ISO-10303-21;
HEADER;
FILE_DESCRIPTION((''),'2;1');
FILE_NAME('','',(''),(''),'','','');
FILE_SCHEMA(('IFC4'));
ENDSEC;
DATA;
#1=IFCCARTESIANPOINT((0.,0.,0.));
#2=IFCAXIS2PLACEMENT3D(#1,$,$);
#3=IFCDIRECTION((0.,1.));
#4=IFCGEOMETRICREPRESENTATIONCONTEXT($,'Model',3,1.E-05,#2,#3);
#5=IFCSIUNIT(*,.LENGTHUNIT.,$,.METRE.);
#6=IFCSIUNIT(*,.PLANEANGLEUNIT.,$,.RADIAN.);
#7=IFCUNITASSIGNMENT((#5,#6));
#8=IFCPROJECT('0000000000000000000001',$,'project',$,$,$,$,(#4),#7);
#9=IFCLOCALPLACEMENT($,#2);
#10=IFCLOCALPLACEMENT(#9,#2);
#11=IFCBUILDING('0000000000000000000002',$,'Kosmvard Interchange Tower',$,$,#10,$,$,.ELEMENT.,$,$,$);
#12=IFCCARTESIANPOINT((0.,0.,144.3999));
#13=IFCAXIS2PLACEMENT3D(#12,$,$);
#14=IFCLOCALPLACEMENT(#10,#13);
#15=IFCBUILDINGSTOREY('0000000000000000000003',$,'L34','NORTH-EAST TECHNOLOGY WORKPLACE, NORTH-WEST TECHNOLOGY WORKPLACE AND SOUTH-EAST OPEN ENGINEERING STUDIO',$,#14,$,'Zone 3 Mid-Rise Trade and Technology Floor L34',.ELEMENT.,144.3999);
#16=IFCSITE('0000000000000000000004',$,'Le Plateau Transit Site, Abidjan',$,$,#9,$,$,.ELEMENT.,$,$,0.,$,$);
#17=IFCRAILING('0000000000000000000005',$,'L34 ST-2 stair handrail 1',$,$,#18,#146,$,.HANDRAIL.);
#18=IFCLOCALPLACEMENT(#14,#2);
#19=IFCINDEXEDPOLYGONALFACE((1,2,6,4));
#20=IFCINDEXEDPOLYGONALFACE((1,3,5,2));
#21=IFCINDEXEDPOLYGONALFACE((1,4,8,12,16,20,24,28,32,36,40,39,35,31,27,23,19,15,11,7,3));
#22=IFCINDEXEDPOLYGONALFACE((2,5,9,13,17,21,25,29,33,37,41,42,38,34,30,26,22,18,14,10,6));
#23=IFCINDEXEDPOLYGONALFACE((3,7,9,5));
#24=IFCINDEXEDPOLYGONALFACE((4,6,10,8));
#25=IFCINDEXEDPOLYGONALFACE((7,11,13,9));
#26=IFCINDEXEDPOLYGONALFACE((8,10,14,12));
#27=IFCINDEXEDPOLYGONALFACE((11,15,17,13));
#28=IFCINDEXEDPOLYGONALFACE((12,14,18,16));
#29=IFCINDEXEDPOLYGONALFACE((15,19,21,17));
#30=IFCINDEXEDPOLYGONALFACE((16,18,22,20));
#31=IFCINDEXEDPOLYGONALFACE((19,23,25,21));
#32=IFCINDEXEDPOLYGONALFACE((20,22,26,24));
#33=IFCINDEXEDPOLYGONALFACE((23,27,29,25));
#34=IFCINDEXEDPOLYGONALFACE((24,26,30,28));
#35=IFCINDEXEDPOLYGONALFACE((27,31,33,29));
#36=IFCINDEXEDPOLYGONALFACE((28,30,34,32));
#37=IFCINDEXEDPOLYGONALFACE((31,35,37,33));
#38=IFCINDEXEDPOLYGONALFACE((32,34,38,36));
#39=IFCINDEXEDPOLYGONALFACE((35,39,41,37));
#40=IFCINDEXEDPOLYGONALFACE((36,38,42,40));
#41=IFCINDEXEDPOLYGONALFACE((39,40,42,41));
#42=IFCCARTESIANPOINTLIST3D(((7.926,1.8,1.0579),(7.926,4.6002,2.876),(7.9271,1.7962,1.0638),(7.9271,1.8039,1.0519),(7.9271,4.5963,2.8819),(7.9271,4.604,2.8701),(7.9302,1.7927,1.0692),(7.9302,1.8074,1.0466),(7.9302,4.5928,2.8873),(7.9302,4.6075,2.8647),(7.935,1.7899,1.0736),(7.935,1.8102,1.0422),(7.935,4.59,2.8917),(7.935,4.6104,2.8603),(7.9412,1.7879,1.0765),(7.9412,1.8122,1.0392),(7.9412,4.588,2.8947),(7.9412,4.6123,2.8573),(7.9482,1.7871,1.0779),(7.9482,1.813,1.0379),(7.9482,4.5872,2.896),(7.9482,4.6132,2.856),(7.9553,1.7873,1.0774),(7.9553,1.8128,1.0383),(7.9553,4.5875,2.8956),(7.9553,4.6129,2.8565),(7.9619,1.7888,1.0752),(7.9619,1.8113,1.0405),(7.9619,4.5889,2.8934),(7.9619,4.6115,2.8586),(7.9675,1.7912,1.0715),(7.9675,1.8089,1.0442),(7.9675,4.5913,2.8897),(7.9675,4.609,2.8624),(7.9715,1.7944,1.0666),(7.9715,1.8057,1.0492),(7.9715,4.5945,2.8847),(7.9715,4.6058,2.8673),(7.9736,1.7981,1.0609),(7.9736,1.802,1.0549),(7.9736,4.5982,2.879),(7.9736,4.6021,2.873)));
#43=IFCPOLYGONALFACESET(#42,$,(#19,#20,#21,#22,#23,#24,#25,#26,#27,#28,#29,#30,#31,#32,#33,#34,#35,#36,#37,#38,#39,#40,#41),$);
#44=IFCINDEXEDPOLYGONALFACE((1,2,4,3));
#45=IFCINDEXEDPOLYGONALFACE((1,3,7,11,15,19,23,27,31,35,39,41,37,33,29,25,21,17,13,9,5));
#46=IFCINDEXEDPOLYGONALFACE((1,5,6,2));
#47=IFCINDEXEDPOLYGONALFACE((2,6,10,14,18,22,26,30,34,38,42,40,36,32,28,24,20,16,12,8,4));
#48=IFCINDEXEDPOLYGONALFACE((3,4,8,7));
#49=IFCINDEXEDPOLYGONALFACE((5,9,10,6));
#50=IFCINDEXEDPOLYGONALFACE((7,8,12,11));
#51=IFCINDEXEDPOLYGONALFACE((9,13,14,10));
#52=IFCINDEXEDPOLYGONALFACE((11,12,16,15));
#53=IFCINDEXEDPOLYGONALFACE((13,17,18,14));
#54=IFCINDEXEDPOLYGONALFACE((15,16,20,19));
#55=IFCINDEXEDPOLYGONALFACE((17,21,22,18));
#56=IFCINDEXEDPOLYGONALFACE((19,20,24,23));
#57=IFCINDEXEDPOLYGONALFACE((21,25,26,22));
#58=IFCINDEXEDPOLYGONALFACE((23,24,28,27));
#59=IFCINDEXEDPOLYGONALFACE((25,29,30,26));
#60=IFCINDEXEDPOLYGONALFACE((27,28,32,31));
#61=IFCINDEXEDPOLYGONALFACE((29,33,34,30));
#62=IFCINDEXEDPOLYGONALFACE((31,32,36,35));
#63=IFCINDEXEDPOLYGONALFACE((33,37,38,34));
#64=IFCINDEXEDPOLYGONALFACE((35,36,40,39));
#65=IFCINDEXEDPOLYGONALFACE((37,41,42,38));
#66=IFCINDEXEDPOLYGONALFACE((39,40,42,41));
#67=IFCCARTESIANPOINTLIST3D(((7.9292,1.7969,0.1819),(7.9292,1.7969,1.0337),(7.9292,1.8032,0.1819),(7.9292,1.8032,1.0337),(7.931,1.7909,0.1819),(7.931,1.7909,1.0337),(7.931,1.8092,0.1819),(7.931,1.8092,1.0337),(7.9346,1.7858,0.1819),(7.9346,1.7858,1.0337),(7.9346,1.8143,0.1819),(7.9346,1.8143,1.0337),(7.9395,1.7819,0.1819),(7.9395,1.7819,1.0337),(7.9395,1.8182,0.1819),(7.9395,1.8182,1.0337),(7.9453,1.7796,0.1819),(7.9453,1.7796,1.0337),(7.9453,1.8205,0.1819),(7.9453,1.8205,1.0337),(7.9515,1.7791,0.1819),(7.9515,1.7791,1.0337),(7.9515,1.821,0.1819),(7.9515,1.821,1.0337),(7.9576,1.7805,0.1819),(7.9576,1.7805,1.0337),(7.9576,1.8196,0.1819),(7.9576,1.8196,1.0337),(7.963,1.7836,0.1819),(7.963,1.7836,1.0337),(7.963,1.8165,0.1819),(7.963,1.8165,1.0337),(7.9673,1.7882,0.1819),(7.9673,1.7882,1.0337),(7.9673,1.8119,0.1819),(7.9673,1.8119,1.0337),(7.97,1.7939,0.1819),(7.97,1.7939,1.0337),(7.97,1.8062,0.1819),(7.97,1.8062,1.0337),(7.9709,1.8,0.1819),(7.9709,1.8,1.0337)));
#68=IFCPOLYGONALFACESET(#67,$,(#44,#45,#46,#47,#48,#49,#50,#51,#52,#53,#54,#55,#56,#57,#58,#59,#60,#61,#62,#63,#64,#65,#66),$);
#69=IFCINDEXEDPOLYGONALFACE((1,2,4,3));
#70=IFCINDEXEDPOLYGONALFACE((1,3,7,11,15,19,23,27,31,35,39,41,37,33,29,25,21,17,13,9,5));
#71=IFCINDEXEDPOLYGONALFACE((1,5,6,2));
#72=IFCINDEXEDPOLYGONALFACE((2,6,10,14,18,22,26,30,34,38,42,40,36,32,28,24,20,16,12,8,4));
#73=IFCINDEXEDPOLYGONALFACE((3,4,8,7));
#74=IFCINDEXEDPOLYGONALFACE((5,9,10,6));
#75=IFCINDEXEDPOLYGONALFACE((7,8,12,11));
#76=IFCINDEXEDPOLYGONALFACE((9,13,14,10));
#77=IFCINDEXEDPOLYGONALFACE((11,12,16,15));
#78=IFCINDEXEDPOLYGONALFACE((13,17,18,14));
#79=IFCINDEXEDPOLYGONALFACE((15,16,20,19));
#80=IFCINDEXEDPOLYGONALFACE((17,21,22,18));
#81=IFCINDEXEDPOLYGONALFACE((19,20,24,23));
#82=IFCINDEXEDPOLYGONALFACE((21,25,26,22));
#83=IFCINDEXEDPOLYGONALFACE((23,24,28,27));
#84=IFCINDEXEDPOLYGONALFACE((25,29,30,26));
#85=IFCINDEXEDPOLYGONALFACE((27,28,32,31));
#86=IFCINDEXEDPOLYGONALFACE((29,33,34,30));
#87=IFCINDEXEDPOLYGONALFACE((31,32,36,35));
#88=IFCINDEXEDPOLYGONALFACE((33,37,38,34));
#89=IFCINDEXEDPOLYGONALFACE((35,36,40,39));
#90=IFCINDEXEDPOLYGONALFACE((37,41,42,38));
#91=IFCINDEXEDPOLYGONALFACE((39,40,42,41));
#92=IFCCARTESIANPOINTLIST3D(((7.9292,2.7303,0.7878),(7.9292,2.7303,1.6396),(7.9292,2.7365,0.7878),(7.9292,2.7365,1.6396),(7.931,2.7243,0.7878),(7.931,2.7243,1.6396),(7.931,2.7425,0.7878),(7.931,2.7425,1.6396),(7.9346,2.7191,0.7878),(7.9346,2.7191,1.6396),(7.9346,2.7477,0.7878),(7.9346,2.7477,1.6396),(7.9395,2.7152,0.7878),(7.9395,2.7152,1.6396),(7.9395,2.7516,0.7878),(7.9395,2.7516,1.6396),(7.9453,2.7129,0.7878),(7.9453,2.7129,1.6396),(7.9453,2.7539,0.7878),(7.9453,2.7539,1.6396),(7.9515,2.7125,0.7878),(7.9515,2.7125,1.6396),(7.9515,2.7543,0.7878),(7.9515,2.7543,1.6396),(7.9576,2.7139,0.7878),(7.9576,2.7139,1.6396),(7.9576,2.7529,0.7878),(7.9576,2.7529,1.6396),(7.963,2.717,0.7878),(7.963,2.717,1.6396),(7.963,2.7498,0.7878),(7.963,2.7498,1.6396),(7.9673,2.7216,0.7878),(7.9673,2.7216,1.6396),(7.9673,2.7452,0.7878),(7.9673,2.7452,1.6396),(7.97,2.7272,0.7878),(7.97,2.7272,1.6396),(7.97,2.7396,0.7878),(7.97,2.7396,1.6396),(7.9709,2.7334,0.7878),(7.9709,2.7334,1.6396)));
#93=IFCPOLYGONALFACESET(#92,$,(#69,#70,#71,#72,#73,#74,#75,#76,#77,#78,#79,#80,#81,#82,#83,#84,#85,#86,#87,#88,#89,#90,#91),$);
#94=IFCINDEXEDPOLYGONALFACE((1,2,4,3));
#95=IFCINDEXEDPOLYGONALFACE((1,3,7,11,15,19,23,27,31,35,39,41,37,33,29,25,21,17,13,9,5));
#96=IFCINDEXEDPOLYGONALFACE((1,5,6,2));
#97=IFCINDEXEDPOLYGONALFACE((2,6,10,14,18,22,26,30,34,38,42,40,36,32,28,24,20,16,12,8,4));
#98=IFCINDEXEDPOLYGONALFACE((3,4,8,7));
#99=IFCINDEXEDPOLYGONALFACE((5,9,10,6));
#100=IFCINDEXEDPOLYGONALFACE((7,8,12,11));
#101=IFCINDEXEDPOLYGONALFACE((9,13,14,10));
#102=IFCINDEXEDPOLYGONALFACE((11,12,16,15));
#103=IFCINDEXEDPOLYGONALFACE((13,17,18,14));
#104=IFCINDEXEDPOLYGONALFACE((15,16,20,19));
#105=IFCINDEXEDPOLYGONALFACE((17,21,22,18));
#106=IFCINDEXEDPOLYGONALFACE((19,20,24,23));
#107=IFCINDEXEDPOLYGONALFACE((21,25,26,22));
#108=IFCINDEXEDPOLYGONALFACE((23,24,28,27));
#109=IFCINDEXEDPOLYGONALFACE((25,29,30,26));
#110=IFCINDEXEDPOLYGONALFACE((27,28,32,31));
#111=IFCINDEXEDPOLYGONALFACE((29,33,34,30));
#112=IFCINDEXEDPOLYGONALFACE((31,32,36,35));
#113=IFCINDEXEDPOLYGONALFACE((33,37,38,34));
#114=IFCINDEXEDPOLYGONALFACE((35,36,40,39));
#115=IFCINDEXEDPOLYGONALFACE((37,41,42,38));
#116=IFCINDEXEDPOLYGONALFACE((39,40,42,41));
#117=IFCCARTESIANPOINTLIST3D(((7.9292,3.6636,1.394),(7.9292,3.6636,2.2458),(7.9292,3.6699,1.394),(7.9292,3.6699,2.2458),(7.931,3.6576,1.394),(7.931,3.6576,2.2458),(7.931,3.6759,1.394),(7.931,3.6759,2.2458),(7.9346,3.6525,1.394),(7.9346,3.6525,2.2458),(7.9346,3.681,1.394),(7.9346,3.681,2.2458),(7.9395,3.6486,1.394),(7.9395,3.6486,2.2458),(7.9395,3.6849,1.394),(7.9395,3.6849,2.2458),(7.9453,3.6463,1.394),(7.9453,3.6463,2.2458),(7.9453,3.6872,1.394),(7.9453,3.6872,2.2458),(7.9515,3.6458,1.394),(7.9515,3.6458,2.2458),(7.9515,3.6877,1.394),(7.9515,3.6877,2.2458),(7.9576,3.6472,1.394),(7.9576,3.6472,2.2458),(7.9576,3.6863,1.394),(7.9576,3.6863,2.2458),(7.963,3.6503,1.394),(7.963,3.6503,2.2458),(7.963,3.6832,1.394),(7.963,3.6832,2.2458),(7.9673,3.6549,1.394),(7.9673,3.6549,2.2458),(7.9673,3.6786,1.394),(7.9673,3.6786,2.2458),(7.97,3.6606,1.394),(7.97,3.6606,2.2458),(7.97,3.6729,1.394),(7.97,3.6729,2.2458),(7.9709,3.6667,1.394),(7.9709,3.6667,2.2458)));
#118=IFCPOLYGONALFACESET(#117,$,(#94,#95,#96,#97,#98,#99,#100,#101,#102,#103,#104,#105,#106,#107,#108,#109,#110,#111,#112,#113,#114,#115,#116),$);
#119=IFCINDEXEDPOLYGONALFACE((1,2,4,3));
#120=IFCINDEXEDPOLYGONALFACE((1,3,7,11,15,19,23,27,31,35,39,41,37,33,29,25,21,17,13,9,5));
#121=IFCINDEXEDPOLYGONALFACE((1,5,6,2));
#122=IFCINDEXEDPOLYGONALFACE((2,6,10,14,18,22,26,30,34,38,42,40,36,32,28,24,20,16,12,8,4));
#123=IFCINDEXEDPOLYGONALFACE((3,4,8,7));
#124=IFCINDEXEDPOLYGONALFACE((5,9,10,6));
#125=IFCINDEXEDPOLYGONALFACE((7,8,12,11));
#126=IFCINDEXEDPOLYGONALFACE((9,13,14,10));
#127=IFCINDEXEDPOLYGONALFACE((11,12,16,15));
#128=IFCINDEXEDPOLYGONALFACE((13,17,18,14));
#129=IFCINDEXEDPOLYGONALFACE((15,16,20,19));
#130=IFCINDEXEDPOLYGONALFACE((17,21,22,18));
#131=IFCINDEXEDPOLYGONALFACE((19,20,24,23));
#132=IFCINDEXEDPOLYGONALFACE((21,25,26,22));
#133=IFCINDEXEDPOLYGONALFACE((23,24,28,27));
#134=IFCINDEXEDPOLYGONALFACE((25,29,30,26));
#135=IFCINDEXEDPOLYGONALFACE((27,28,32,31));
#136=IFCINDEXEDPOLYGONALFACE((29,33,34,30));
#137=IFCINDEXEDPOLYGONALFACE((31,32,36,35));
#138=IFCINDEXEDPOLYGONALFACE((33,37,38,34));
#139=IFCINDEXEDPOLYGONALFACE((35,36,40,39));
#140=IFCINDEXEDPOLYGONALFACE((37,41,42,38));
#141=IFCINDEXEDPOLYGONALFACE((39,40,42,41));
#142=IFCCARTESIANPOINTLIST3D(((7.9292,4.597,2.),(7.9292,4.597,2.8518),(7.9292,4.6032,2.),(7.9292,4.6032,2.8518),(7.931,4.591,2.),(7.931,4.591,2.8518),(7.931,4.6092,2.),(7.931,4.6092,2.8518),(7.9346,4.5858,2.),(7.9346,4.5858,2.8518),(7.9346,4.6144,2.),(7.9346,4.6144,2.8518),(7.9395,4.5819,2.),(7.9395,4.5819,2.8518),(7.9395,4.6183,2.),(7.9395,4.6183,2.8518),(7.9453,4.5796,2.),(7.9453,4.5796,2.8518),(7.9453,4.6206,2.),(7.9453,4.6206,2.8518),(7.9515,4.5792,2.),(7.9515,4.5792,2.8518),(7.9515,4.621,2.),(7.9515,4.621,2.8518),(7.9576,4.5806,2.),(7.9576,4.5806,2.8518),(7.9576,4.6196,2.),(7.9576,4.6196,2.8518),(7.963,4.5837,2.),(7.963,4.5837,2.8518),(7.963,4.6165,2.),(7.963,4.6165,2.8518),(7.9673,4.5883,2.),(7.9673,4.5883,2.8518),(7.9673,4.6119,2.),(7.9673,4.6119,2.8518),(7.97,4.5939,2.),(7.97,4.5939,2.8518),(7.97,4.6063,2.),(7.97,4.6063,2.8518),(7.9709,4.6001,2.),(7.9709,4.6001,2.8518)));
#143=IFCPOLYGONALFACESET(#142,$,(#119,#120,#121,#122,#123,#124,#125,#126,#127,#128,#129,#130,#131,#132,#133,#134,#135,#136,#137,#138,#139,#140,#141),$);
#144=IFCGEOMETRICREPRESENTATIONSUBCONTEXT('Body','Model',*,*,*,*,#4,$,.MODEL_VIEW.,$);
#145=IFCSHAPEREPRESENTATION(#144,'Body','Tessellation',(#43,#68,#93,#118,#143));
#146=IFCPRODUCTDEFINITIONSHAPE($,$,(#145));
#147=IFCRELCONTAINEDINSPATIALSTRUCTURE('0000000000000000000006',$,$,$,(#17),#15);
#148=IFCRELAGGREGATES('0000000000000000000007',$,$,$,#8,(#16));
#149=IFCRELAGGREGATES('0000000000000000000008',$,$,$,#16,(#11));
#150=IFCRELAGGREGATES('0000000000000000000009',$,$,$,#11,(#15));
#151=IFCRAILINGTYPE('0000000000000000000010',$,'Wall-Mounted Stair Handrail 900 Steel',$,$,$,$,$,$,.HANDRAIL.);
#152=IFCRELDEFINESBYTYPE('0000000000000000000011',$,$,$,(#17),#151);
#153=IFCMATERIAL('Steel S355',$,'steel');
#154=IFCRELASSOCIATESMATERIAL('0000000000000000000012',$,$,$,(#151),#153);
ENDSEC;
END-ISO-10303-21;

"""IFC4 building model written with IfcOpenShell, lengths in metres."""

from ifc_helpers import new_model, si_unit, direction, frame, origin, origin_2d, place, context, subcontext, project, spatial, circle, extrude, source, transform, mapped, material, type_object, element, save


model = new_model("IFC4")

# Units and contexts
model_context = context("Model", 3, precision=1e-05, world=origin(), true_north=direction((0.0, 1.0)))
body_context = subcontext(model_context, "Body", "Model", "MODEL_VIEW")
ifc_project = project(units=[si_unit("LENGTHUNIT", "METRE"), si_unit("PLANEANGLEUNIT", "RADIAN")], contexts=[model_context])

# Site, building, storey
site_placement = place(None, origin())
site = spatial("IfcSite", under=ifc_project, at=site_placement, Name="Le Plateau Transit Site, Abidjan", CompositionType="ELEMENT", RefElevation=0.0)
building_placement = place(site_placement, origin())
building = spatial("IfcBuilding", under=site, at=building_placement, Name="Kosmvard Interchange Tower", CompositionType="ELEMENT")
storey_placement = place(building_placement, frame((0.0, 0.0, 144.3999)))
storey = spatial("IfcBuildingStorey", under=building, at=storey_placement, Name="L34", Description="NORTH-EAST TECHNOLOGY WORKPLACE, NORTH-WEST TECHNOLOGY WORKPLACE AND SOUTH-EAST OPEN ENGINEERING STUDIO", LongName="Zone 3 Mid-Rise Trade and Technology Floor L34", CompositionType="ELEMENT", Elevation=144.3999)

# Shared definitions
ifc_material_1 = material(Name="Steel S355", Category="steel")

# Railing
railing_type_1 = type_object("IfcRailingType", Name="Wall-Mounted Stair Handrail 900 Steel", PredefinedType="HANDRAIL", material=ifc_material_1)
shared_shape_1 = source(origin(), body_context, "Body", "SweptSolid", [
    extrude(circle(Radius=0.0239, at=origin_2d()), frame((0.0, 0.0, 0.876), z_axis=(0.0, 0.838706, 0.544585), x_axis=(-1.0, 0.0, 0.0)), (0.0, 0.0, 1.0), 3.3386),
    extrude(circle(Radius=0.021, at=origin_2d()), origin(), (0.0, 0.0, 1.0), 0.8518),
    extrude(circle(Radius=0.021, at=origin_2d()), frame((0.0, 0.9333, 0.606)), (0.0, 0.0, 1.0), 0.8518),
    extrude(circle(Radius=0.021, at=origin_2d()), frame((0.0, 1.8667, 1.2122)), (0.0, 0.0, 1.0), 0.8518),
    extrude(circle(Radius=0.021, at=origin_2d()), frame((0.0, 2.8, 1.8181)), (0.0, 0.0, 1.0), 0.8518),
])
railing_1_placement = place(storey_placement, frame((7.95, 1.8, 0.1819)))
element("IfcRailing", 1, at=railing_1_placement, inside=storey, type_object=railing_type_1, Name="L34 ST-2 stair handrail 1", PredefinedType="HANDRAIL", context=body_context, shape_type="MappedRepresentation", body=[
    mapped(shared_shape_1, transform((0.0, 0.0, 0.0), scale=1.0)),
])

save(model, "model.ifc")
